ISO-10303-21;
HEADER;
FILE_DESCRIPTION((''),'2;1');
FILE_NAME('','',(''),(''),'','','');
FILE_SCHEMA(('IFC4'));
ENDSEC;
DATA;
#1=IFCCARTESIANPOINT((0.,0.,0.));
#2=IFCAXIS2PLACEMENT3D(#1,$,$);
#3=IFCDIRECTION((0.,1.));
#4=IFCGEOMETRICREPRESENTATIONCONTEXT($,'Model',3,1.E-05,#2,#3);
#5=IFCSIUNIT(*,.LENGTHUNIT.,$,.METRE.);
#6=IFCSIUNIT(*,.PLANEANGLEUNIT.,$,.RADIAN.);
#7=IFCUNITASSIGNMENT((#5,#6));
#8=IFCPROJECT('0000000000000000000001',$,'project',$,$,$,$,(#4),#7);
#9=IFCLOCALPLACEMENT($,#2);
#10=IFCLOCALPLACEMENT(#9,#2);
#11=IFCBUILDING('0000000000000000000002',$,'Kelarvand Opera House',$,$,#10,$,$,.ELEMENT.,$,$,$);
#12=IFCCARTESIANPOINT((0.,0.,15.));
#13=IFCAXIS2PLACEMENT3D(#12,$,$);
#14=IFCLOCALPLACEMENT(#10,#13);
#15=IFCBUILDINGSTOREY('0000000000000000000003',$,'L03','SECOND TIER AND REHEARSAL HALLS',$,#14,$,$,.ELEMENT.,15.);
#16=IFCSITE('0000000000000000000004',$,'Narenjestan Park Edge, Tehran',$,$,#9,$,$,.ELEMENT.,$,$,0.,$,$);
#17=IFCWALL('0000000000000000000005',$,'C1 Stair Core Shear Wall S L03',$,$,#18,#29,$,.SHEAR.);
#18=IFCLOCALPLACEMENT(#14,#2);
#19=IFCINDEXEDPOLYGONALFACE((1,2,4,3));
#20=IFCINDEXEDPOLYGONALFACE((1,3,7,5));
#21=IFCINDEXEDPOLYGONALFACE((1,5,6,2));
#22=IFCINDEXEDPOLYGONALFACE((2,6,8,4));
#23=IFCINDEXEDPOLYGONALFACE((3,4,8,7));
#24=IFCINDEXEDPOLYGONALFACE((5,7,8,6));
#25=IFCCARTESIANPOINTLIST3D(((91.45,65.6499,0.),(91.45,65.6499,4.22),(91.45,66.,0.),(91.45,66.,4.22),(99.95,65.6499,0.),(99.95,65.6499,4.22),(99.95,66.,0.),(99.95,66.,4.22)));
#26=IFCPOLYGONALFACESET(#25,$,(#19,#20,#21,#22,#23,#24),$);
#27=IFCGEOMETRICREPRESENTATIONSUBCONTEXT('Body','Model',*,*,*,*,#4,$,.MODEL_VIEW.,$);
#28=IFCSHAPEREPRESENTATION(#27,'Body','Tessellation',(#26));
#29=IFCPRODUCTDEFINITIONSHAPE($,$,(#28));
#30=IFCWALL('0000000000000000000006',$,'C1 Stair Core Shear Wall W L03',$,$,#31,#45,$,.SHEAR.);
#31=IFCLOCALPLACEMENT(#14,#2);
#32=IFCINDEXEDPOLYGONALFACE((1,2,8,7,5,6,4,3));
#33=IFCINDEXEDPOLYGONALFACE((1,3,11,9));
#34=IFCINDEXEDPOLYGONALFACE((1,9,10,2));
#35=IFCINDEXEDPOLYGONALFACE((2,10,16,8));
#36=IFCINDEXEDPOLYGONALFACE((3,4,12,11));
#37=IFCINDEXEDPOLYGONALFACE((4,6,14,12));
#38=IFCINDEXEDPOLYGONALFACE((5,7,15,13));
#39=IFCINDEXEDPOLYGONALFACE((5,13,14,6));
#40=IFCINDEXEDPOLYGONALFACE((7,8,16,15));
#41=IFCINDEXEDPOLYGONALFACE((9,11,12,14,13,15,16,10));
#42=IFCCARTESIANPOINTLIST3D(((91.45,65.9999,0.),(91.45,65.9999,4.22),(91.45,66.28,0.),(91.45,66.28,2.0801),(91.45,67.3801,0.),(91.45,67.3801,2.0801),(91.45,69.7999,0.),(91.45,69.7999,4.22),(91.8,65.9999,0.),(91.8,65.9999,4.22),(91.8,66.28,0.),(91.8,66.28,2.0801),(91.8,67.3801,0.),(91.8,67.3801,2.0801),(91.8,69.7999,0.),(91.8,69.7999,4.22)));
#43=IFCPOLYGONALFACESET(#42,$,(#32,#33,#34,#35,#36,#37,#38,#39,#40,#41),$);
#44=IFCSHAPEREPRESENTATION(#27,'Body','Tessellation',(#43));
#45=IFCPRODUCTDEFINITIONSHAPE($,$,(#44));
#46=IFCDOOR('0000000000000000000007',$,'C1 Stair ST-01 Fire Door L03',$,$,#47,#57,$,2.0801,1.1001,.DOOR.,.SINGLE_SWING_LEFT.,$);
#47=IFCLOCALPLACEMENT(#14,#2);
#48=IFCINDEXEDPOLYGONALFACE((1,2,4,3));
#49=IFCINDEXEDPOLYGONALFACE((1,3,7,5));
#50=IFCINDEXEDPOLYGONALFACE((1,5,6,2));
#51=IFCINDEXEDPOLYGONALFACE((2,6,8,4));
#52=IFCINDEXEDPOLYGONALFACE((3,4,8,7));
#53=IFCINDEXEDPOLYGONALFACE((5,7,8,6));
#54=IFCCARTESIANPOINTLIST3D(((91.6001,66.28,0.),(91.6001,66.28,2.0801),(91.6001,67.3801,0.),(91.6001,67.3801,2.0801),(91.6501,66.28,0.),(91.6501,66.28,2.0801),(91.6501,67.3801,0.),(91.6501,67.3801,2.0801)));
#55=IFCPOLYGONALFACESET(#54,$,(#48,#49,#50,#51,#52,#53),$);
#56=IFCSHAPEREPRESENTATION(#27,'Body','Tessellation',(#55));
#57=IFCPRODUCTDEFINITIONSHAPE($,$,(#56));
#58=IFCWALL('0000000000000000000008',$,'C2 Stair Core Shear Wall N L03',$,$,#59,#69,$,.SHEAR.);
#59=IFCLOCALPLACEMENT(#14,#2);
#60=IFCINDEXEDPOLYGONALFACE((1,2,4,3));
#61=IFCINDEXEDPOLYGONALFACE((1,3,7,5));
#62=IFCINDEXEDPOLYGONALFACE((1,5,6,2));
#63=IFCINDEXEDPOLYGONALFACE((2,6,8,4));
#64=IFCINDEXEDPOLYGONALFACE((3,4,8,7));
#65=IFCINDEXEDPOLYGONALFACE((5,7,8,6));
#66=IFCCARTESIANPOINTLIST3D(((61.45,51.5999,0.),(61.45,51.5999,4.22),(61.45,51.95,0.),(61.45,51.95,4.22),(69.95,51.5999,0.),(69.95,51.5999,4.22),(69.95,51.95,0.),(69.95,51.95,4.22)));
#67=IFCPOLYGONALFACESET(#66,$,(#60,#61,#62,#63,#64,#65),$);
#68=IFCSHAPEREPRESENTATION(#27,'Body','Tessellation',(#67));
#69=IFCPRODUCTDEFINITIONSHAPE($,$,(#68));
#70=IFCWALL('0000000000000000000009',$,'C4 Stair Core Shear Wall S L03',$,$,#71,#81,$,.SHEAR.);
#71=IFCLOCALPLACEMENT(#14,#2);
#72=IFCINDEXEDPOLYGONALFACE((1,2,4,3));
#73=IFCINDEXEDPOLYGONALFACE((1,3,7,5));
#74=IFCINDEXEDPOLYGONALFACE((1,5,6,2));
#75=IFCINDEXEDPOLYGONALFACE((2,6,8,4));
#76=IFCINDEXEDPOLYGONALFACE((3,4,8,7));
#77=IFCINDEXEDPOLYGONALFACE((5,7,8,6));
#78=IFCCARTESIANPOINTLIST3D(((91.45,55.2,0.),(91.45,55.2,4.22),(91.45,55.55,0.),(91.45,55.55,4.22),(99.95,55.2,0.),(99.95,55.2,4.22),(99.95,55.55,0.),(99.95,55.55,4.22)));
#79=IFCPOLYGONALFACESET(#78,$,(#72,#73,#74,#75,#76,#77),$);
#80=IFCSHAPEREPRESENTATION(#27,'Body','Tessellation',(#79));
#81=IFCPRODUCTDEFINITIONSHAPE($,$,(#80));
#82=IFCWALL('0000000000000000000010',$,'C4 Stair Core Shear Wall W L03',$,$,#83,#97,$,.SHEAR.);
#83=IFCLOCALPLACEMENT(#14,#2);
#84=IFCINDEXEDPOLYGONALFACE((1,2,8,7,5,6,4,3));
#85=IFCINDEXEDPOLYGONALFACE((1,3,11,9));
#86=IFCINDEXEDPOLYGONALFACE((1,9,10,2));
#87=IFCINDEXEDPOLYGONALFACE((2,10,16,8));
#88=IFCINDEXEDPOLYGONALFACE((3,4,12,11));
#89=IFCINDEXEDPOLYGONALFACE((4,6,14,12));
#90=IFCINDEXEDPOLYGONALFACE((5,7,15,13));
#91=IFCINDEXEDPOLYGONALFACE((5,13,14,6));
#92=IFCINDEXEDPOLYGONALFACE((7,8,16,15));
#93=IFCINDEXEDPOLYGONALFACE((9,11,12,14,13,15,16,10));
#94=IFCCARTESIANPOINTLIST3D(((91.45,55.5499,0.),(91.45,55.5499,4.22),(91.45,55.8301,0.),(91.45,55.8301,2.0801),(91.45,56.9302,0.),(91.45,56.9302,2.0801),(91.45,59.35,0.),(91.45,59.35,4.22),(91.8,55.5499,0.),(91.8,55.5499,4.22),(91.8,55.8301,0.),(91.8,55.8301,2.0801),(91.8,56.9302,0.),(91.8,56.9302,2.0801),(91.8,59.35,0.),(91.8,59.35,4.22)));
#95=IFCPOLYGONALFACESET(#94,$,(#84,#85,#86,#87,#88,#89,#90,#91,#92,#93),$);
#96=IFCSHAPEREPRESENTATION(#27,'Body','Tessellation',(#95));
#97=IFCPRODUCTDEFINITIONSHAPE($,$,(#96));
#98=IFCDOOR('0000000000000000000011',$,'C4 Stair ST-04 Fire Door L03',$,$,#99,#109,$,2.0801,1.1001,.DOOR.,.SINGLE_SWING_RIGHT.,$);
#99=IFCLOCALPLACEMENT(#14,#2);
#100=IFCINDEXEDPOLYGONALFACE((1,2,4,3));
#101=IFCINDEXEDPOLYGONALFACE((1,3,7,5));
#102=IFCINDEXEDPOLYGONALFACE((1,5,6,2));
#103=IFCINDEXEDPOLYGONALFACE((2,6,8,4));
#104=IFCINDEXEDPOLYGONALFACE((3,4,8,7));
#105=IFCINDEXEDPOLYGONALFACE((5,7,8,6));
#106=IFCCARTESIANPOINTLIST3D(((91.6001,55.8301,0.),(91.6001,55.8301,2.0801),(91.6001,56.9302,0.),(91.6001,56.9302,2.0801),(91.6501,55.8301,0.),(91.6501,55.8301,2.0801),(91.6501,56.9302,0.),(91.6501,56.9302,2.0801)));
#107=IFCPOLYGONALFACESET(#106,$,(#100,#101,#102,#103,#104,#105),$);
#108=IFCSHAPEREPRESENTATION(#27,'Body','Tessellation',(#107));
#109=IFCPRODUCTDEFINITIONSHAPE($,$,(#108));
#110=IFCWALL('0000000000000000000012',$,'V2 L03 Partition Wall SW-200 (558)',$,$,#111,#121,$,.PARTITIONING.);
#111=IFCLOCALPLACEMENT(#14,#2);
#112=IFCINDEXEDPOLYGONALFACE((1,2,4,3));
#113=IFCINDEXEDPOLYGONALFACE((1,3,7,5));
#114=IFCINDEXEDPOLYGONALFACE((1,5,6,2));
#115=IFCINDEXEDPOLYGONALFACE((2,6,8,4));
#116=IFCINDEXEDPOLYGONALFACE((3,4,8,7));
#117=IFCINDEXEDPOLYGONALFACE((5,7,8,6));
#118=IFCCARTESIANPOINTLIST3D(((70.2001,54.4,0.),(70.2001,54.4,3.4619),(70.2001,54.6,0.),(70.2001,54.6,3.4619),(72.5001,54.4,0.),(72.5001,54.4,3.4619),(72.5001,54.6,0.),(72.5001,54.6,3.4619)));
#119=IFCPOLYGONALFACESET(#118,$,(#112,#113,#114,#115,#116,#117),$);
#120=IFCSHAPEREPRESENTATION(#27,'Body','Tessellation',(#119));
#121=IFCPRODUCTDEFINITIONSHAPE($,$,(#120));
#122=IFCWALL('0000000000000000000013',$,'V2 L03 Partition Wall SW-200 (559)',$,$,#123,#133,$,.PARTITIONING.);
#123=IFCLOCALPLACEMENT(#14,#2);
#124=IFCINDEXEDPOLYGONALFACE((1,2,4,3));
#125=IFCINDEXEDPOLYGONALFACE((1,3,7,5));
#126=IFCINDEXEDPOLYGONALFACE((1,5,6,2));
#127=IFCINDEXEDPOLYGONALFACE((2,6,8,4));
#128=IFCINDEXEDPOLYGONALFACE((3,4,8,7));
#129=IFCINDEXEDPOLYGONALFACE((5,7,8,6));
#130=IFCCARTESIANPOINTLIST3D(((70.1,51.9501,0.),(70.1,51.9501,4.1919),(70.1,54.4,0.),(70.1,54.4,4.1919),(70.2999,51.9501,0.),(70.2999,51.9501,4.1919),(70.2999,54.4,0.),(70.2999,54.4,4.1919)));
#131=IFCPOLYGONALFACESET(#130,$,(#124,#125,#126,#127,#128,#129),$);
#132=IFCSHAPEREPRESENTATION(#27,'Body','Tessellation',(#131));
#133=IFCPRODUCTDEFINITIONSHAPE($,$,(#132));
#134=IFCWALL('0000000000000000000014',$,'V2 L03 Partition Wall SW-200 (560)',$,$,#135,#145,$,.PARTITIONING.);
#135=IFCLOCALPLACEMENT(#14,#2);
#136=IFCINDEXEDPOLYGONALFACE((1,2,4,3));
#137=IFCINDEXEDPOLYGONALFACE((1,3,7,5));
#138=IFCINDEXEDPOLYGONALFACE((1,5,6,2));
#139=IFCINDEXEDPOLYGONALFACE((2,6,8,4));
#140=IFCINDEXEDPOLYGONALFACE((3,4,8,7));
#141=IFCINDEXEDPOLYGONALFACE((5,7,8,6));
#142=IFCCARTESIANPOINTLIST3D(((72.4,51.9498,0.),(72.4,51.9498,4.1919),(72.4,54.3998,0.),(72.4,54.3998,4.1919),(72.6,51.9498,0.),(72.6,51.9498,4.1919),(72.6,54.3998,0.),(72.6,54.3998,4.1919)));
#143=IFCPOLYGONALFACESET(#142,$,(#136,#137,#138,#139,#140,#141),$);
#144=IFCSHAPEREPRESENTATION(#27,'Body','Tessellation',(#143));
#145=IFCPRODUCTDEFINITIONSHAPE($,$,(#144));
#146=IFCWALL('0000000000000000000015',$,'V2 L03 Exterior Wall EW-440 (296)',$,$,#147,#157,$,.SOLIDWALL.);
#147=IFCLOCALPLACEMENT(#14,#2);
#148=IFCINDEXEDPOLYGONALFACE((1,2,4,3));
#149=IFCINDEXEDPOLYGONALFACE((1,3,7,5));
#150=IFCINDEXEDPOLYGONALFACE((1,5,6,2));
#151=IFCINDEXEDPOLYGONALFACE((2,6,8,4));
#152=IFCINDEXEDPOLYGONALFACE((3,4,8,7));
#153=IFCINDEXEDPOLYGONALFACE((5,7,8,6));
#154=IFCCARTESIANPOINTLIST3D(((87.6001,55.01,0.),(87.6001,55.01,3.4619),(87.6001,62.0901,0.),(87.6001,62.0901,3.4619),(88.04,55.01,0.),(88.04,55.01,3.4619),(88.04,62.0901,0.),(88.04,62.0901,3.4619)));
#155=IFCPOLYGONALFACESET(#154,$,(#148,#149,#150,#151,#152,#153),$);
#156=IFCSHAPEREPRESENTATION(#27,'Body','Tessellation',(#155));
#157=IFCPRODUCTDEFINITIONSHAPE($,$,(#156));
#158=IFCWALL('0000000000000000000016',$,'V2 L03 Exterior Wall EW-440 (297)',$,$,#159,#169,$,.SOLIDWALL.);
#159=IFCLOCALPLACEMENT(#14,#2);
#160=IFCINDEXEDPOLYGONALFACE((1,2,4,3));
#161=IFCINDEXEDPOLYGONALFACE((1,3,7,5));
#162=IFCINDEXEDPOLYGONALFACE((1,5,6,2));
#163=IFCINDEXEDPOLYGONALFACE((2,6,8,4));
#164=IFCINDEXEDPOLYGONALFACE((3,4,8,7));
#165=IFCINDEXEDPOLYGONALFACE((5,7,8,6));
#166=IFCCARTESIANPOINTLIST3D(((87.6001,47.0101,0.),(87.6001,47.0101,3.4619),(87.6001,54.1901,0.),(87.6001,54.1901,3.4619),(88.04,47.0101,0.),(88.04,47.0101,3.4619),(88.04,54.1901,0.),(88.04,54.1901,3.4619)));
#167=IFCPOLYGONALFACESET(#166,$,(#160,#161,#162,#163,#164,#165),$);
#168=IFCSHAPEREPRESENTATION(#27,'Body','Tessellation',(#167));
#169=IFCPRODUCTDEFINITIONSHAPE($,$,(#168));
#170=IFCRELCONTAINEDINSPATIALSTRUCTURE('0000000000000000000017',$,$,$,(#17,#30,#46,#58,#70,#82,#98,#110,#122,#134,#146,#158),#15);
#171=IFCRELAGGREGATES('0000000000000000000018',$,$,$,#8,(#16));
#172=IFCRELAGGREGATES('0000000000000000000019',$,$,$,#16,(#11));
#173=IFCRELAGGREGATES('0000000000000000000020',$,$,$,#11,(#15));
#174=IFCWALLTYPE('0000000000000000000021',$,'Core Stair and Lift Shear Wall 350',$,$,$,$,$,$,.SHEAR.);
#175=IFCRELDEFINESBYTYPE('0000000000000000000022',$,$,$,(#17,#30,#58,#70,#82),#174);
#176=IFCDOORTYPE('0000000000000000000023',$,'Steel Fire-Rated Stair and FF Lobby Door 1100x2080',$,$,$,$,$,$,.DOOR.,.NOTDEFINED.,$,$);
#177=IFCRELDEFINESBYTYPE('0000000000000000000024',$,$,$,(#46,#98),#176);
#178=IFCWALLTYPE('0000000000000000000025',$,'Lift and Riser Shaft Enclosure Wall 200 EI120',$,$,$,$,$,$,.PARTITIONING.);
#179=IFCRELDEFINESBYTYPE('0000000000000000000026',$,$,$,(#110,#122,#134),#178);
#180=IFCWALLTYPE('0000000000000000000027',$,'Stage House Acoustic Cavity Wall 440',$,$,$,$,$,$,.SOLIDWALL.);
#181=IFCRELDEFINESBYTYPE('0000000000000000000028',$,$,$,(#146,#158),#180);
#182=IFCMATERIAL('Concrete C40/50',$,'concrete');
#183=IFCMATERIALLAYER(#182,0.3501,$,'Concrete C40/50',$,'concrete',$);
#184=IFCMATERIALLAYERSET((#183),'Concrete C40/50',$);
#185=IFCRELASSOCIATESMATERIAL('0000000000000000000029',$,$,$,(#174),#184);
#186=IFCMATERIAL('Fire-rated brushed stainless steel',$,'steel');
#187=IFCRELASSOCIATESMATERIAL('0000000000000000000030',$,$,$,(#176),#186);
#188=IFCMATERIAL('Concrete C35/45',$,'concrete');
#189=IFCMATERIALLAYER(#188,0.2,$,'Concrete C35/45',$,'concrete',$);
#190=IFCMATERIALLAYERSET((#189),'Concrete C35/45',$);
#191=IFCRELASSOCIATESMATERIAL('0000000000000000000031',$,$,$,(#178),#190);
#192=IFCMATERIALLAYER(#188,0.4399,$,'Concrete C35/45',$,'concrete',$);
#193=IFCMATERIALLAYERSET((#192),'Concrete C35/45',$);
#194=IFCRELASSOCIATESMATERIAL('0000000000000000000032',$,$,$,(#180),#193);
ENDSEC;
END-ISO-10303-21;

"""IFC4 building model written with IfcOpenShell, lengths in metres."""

from ifc_helpers import new_model, si_unit, direction, frame, frame_2d, origin, place, context, subcontext, project, spatial, rectangle, extrude, material, layer, layer_set, type_object, element, fill, save


model = new_model("IFC4")

# Units and contexts
model_context = context("Model", 3, precision=1e-05, world=origin(), true_north=direction((0.0, 1.0)))
body_context = subcontext(model_context, "Body", "Model", "MODEL_VIEW")
ifc_project = project(units=[si_unit("LENGTHUNIT", "METRE"), si_unit("PLANEANGLEUNIT", "RADIAN")], contexts=[model_context])

# Site, building, storey
site_placement = place(None, origin())
site = spatial("IfcSite", under=ifc_project, at=site_placement, Name="Narenjestan Park Edge, Tehran", CompositionType="ELEMENT", RefElevation=0.0)
building_placement = place(site_placement, origin())
building = spatial("IfcBuilding", under=site, at=building_placement, Name="Kelarvand Opera House", CompositionType="ELEMENT")
storey_placement = place(building_placement, frame((0.0, 0.0, 15.0)))
storey = spatial("IfcBuildingStorey", under=building, at=storey_placement, Name="L03", Description="SECOND TIER AND REHEARSAL HALLS", CompositionType="ELEMENT", Elevation=15.0)

# Shared definitions
ifc_material_1 = material(Name="Concrete C40/50", Category="concrete")

# Wall
ifc_material_2 = material(Name="Concrete C35/45", Category="concrete")
ifc_layer_1 = layer(ifc_material_1, 0.3501, Name="Concrete C40/50", Category="concrete")
ifc_layer_set_1 = layer_set([ifc_layer_1], Name="Concrete C40/50")
wall_type_1 = type_object("IfcWallType", Name="Core Stair and Lift Shear Wall 350", PredefinedType="SHEAR", material=ifc_layer_set_1)
wall_1_placement = place(storey_placement, frame((91.45, 65.825, 0.0), z_axis=(0.0, 0.0, 1.0), x_axis=(1.0, 0.0, 0.0)))
element("IfcWall", 1, at=wall_1_placement, inside=storey, type_object=wall_type_1, Name="C1 Stair Core Shear Wall S L03", PredefinedType="SHEAR", context=body_context, shape_type="SweptSolid", body=[
    extrude(rectangle(XDim=8.5, YDim=0.3501, at=frame_2d((4.25, 0.0))), origin(), (0.0, 0.0, 1.0), 4.22),
])

# Wall, opening, door
wall_2_placement = place(storey_placement, frame((91.625, 66.0, 0.0), z_axis=(0.0, 0.0, 1.0), x_axis=(0.0, 1.0, 0.0)))
wall_2 = element("IfcWall", 2, at=wall_2_placement, inside=storey, type_object=wall_type_1, Name="C1 Stair Core Shear Wall W L03", PredefinedType="SHEAR", context=body_context, shape_type="SweptSolid", body=[
    extrude(rectangle(XDim=3.8, YDim=0.3501, at=frame_2d((1.8999, 0.0))), origin(), (0.0, 0.0, 1.0), 4.22),
])
opening_1_placement = place(wall_2_placement, frame((0.28, 0.0, 0.0)))
opening_1 = element("IfcOpeningElement", 3, at=opening_1_placement, cuts=wall_2, PredefinedType="OPENING", context=body_context, shape_type="SweptSolid", body=[
    extrude(rectangle(XDim=1.1001, YDim=2.0801, at=frame_2d((0.55, 1.04))), frame((0.0, 0.1851, 0.0), z_axis=(0.0, -1.0, 0.0), x_axis=(1.0, 0.0, 0.0)), (0.0, 0.0, 1.0), 0.3701),
])
ifc_material_3 = material(Name="Fire-rated brushed stainless steel", Category="steel")
door_type_1 = type_object("IfcDoorType", Name="Steel Fire-Rated Stair and FF Lobby Door 1100x2080", OperationType="NOTDEFINED", PredefinedType="DOOR", material=ifc_material_3)
door_1_placement = place(opening_1_placement, origin())
door_1 = element("IfcDoor", 4, at=door_1_placement, inside=storey, type_object=door_type_1, Name="C1 Stair ST-01 Fire Door L03", OperationType="SINGLE_SWING_LEFT", OverallHeight=2.0801, OverallWidth=1.1001, PredefinedType="DOOR", context=body_context, shape_type="SweptSolid", body=[
    extrude(rectangle(XDim=1.1001, YDim=2.0801, at=frame_2d((0.55, 1.04))), frame((0.0, 0.0249, 0.0), z_axis=(0.0, -1.0, 0.0), x_axis=(1.0, 0.0, 0.0)), (0.0, 0.0, 1.0), 0.05),
])
fill(opening_1, door_1)

# Walls
for number, where, z_axis, x_axis, name in (
    (5, (69.95, 51.7749, 0.0), (0.0, 0.0, 1.0), (-1.0, 0.0, 0.0), "C2 Stair Core Shear Wall N L03"),
    (6, (91.45, 55.375, 0.0), (0.0, 0.0, 1.0), (1.0, 0.0, 0.0), "C4 Stair Core Shear Wall S L03"),
):
    element("IfcWall", number, at=place(storey_placement, frame(where, z_axis=z_axis, x_axis=x_axis)), inside=storey, type_object=wall_type_1, Name=name, PredefinedType="SHEAR", context=body_context, shape_type="SweptSolid", body=[
        extrude(rectangle(XDim=8.5, YDim=0.3501, at=frame_2d((4.25, 0.0))), origin(), (0.0, 0.0, 1.0), 4.22),
    ])

# Wall, opening, door
wall_3_placement = place(storey_placement, frame((91.625, 55.55, 0.0), z_axis=(0.0, 0.0, 1.0), x_axis=(0.0, 1.0, 0.0)))
wall_3 = element("IfcWall", 7, at=wall_3_placement, inside=storey, type_object=wall_type_1, Name="C4 Stair Core Shear Wall W L03", PredefinedType="SHEAR", context=body_context, shape_type="SweptSolid", body=[
    extrude(rectangle(XDim=3.8, YDim=0.3501, at=frame_2d((1.8999, 0.0))), origin(), (0.0, 0.0, 1.0), 4.22),
])
opening_2_placement = place(wall_3_placement, frame((0.28, 0.0, 0.0)))
opening_2 = element("IfcOpeningElement", 8, at=opening_2_placement, cuts=wall_3, PredefinedType="OPENING", context=body_context, shape_type="SweptSolid", body=[
    extrude(rectangle(XDim=1.1001, YDim=2.0801, at=frame_2d((0.55, 1.04))), frame((0.0, 0.1851, 0.0), z_axis=(0.0, -1.0, 0.0), x_axis=(1.0, 0.0, 0.0)), (0.0, 0.0, 1.0), 0.3701),
])
door_2_placement = place(opening_2_placement, origin())
door_2 = element("IfcDoor", 9, at=door_2_placement, inside=storey, type_object=door_type_1, Name="C4 Stair ST-04 Fire Door L03", OperationType="SINGLE_SWING_RIGHT", OverallHeight=2.0801, OverallWidth=1.1001, PredefinedType="DOOR", context=body_context, shape_type="SweptSolid", body=[
    extrude(rectangle(XDim=1.1001, YDim=2.0801, at=frame_2d((0.55, 1.04))), frame((0.0, 0.0249, 0.0), z_axis=(0.0, -1.0, 0.0), x_axis=(1.0, 0.0, 0.0)), (0.0, 0.0, 1.0), 0.05),
])
fill(opening_2, door_2)
ifc_layer_2 = layer(ifc_material_2, 0.2, Name="Concrete C35/45", Category="concrete")
ifc_layer_set_2 = layer_set([ifc_layer_2], Name="Concrete C35/45")
wall_type_2 = type_object("IfcWallType", Name="Lift and Riser Shaft Enclosure Wall 200 EI120", PredefinedType="PARTITIONING", material=ifc_layer_set_2)

# Walls
wall_4_placement = place(storey_placement, frame((72.5, 54.5, 0.0), z_axis=(0.0, 0.0, 1.0), x_axis=(-1.0, 0.0, 0.0)))
element("IfcWall", 10, at=wall_4_placement, inside=storey, type_object=wall_type_2, Name="V2 L03 Partition Wall SW-200 (558)", PredefinedType="PARTITIONING", context=body_context, shape_type="SweptSolid", body=[
    extrude(rectangle(XDim=2.3, YDim=0.2, at=frame_2d((1.1499, 0.0))), origin(), (0.0, 0.0, 1.0), 3.4619),
])
for number, where, z_axis, x_axis, name in (
    (11, (70.2, 51.95, 0.0), (0.0, 0.0, 1.0), (0.0, 1.0, 0.0), "V2 L03 Partition Wall SW-200 (559)"),
    (12, (72.5, 54.3999, 0.0), (0.0, 0.0, 1.0), (0.0, -1.0, 0.0), "V2 L03 Partition Wall SW-200 (560)"),
):
    element("IfcWall", number, at=place(storey_placement, frame(where, z_axis=z_axis, x_axis=x_axis)), inside=storey, type_object=wall_type_2, Name=name, PredefinedType="PARTITIONING", context=body_context, shape_type="SweptSolid", body=[
        extrude(rectangle(XDim=2.45, YDim=0.2, at=frame_2d((1.2251, 0.0))), origin(), (0.0, 0.0, 1.0), 4.1919),
    ])
ifc_layer_3 = layer(ifc_material_2, 0.4399, Name="Concrete C35/45", Category="concrete")
ifc_layer_set_3 = layer_set([ifc_layer_3], Name="Concrete C35/45")
wall_type_3 = type_object("IfcWallType", Name="Stage House Acoustic Cavity Wall 440", PredefinedType="SOLIDWALL", material=ifc_layer_set_3)
wall_5_placement = place(storey_placement, frame((87.8201, 62.0901, 0.0), z_axis=(0.0, 0.0, 1.0), x_axis=(0.0, -1.0, 0.0)))
element("IfcWall", 13, at=wall_5_placement, inside=storey, type_object=wall_type_3, Name="V2 L03 Exterior Wall EW-440 (296)", PredefinedType="SOLIDWALL", context=body_context, shape_type="SweptSolid", body=[
    extrude(rectangle(XDim=7.0801, YDim=0.4399, at=frame_2d((3.54, 0.0))), origin(), (0.0, 0.0, 1.0), 3.4619),
])
wall_6_placement = place(storey_placement, frame((87.8201, 54.1899, 0.0), z_axis=(0.0, 0.0, 1.0), x_axis=(0.0, -1.0, 0.0)))
element("IfcWall", 14, at=wall_6_placement, inside=storey, type_object=wall_type_3, Name="V2 L03 Exterior Wall EW-440 (297)", PredefinedType="SOLIDWALL", context=body_context, shape_type="SweptSolid", body=[
    extrude(rectangle(XDim=7.1799, YDim=0.4399, at=frame_2d((3.5898, 0.0))), origin(), (0.0, 0.0, 1.0), 3.4619),
])

save(model, "model.ifc")
